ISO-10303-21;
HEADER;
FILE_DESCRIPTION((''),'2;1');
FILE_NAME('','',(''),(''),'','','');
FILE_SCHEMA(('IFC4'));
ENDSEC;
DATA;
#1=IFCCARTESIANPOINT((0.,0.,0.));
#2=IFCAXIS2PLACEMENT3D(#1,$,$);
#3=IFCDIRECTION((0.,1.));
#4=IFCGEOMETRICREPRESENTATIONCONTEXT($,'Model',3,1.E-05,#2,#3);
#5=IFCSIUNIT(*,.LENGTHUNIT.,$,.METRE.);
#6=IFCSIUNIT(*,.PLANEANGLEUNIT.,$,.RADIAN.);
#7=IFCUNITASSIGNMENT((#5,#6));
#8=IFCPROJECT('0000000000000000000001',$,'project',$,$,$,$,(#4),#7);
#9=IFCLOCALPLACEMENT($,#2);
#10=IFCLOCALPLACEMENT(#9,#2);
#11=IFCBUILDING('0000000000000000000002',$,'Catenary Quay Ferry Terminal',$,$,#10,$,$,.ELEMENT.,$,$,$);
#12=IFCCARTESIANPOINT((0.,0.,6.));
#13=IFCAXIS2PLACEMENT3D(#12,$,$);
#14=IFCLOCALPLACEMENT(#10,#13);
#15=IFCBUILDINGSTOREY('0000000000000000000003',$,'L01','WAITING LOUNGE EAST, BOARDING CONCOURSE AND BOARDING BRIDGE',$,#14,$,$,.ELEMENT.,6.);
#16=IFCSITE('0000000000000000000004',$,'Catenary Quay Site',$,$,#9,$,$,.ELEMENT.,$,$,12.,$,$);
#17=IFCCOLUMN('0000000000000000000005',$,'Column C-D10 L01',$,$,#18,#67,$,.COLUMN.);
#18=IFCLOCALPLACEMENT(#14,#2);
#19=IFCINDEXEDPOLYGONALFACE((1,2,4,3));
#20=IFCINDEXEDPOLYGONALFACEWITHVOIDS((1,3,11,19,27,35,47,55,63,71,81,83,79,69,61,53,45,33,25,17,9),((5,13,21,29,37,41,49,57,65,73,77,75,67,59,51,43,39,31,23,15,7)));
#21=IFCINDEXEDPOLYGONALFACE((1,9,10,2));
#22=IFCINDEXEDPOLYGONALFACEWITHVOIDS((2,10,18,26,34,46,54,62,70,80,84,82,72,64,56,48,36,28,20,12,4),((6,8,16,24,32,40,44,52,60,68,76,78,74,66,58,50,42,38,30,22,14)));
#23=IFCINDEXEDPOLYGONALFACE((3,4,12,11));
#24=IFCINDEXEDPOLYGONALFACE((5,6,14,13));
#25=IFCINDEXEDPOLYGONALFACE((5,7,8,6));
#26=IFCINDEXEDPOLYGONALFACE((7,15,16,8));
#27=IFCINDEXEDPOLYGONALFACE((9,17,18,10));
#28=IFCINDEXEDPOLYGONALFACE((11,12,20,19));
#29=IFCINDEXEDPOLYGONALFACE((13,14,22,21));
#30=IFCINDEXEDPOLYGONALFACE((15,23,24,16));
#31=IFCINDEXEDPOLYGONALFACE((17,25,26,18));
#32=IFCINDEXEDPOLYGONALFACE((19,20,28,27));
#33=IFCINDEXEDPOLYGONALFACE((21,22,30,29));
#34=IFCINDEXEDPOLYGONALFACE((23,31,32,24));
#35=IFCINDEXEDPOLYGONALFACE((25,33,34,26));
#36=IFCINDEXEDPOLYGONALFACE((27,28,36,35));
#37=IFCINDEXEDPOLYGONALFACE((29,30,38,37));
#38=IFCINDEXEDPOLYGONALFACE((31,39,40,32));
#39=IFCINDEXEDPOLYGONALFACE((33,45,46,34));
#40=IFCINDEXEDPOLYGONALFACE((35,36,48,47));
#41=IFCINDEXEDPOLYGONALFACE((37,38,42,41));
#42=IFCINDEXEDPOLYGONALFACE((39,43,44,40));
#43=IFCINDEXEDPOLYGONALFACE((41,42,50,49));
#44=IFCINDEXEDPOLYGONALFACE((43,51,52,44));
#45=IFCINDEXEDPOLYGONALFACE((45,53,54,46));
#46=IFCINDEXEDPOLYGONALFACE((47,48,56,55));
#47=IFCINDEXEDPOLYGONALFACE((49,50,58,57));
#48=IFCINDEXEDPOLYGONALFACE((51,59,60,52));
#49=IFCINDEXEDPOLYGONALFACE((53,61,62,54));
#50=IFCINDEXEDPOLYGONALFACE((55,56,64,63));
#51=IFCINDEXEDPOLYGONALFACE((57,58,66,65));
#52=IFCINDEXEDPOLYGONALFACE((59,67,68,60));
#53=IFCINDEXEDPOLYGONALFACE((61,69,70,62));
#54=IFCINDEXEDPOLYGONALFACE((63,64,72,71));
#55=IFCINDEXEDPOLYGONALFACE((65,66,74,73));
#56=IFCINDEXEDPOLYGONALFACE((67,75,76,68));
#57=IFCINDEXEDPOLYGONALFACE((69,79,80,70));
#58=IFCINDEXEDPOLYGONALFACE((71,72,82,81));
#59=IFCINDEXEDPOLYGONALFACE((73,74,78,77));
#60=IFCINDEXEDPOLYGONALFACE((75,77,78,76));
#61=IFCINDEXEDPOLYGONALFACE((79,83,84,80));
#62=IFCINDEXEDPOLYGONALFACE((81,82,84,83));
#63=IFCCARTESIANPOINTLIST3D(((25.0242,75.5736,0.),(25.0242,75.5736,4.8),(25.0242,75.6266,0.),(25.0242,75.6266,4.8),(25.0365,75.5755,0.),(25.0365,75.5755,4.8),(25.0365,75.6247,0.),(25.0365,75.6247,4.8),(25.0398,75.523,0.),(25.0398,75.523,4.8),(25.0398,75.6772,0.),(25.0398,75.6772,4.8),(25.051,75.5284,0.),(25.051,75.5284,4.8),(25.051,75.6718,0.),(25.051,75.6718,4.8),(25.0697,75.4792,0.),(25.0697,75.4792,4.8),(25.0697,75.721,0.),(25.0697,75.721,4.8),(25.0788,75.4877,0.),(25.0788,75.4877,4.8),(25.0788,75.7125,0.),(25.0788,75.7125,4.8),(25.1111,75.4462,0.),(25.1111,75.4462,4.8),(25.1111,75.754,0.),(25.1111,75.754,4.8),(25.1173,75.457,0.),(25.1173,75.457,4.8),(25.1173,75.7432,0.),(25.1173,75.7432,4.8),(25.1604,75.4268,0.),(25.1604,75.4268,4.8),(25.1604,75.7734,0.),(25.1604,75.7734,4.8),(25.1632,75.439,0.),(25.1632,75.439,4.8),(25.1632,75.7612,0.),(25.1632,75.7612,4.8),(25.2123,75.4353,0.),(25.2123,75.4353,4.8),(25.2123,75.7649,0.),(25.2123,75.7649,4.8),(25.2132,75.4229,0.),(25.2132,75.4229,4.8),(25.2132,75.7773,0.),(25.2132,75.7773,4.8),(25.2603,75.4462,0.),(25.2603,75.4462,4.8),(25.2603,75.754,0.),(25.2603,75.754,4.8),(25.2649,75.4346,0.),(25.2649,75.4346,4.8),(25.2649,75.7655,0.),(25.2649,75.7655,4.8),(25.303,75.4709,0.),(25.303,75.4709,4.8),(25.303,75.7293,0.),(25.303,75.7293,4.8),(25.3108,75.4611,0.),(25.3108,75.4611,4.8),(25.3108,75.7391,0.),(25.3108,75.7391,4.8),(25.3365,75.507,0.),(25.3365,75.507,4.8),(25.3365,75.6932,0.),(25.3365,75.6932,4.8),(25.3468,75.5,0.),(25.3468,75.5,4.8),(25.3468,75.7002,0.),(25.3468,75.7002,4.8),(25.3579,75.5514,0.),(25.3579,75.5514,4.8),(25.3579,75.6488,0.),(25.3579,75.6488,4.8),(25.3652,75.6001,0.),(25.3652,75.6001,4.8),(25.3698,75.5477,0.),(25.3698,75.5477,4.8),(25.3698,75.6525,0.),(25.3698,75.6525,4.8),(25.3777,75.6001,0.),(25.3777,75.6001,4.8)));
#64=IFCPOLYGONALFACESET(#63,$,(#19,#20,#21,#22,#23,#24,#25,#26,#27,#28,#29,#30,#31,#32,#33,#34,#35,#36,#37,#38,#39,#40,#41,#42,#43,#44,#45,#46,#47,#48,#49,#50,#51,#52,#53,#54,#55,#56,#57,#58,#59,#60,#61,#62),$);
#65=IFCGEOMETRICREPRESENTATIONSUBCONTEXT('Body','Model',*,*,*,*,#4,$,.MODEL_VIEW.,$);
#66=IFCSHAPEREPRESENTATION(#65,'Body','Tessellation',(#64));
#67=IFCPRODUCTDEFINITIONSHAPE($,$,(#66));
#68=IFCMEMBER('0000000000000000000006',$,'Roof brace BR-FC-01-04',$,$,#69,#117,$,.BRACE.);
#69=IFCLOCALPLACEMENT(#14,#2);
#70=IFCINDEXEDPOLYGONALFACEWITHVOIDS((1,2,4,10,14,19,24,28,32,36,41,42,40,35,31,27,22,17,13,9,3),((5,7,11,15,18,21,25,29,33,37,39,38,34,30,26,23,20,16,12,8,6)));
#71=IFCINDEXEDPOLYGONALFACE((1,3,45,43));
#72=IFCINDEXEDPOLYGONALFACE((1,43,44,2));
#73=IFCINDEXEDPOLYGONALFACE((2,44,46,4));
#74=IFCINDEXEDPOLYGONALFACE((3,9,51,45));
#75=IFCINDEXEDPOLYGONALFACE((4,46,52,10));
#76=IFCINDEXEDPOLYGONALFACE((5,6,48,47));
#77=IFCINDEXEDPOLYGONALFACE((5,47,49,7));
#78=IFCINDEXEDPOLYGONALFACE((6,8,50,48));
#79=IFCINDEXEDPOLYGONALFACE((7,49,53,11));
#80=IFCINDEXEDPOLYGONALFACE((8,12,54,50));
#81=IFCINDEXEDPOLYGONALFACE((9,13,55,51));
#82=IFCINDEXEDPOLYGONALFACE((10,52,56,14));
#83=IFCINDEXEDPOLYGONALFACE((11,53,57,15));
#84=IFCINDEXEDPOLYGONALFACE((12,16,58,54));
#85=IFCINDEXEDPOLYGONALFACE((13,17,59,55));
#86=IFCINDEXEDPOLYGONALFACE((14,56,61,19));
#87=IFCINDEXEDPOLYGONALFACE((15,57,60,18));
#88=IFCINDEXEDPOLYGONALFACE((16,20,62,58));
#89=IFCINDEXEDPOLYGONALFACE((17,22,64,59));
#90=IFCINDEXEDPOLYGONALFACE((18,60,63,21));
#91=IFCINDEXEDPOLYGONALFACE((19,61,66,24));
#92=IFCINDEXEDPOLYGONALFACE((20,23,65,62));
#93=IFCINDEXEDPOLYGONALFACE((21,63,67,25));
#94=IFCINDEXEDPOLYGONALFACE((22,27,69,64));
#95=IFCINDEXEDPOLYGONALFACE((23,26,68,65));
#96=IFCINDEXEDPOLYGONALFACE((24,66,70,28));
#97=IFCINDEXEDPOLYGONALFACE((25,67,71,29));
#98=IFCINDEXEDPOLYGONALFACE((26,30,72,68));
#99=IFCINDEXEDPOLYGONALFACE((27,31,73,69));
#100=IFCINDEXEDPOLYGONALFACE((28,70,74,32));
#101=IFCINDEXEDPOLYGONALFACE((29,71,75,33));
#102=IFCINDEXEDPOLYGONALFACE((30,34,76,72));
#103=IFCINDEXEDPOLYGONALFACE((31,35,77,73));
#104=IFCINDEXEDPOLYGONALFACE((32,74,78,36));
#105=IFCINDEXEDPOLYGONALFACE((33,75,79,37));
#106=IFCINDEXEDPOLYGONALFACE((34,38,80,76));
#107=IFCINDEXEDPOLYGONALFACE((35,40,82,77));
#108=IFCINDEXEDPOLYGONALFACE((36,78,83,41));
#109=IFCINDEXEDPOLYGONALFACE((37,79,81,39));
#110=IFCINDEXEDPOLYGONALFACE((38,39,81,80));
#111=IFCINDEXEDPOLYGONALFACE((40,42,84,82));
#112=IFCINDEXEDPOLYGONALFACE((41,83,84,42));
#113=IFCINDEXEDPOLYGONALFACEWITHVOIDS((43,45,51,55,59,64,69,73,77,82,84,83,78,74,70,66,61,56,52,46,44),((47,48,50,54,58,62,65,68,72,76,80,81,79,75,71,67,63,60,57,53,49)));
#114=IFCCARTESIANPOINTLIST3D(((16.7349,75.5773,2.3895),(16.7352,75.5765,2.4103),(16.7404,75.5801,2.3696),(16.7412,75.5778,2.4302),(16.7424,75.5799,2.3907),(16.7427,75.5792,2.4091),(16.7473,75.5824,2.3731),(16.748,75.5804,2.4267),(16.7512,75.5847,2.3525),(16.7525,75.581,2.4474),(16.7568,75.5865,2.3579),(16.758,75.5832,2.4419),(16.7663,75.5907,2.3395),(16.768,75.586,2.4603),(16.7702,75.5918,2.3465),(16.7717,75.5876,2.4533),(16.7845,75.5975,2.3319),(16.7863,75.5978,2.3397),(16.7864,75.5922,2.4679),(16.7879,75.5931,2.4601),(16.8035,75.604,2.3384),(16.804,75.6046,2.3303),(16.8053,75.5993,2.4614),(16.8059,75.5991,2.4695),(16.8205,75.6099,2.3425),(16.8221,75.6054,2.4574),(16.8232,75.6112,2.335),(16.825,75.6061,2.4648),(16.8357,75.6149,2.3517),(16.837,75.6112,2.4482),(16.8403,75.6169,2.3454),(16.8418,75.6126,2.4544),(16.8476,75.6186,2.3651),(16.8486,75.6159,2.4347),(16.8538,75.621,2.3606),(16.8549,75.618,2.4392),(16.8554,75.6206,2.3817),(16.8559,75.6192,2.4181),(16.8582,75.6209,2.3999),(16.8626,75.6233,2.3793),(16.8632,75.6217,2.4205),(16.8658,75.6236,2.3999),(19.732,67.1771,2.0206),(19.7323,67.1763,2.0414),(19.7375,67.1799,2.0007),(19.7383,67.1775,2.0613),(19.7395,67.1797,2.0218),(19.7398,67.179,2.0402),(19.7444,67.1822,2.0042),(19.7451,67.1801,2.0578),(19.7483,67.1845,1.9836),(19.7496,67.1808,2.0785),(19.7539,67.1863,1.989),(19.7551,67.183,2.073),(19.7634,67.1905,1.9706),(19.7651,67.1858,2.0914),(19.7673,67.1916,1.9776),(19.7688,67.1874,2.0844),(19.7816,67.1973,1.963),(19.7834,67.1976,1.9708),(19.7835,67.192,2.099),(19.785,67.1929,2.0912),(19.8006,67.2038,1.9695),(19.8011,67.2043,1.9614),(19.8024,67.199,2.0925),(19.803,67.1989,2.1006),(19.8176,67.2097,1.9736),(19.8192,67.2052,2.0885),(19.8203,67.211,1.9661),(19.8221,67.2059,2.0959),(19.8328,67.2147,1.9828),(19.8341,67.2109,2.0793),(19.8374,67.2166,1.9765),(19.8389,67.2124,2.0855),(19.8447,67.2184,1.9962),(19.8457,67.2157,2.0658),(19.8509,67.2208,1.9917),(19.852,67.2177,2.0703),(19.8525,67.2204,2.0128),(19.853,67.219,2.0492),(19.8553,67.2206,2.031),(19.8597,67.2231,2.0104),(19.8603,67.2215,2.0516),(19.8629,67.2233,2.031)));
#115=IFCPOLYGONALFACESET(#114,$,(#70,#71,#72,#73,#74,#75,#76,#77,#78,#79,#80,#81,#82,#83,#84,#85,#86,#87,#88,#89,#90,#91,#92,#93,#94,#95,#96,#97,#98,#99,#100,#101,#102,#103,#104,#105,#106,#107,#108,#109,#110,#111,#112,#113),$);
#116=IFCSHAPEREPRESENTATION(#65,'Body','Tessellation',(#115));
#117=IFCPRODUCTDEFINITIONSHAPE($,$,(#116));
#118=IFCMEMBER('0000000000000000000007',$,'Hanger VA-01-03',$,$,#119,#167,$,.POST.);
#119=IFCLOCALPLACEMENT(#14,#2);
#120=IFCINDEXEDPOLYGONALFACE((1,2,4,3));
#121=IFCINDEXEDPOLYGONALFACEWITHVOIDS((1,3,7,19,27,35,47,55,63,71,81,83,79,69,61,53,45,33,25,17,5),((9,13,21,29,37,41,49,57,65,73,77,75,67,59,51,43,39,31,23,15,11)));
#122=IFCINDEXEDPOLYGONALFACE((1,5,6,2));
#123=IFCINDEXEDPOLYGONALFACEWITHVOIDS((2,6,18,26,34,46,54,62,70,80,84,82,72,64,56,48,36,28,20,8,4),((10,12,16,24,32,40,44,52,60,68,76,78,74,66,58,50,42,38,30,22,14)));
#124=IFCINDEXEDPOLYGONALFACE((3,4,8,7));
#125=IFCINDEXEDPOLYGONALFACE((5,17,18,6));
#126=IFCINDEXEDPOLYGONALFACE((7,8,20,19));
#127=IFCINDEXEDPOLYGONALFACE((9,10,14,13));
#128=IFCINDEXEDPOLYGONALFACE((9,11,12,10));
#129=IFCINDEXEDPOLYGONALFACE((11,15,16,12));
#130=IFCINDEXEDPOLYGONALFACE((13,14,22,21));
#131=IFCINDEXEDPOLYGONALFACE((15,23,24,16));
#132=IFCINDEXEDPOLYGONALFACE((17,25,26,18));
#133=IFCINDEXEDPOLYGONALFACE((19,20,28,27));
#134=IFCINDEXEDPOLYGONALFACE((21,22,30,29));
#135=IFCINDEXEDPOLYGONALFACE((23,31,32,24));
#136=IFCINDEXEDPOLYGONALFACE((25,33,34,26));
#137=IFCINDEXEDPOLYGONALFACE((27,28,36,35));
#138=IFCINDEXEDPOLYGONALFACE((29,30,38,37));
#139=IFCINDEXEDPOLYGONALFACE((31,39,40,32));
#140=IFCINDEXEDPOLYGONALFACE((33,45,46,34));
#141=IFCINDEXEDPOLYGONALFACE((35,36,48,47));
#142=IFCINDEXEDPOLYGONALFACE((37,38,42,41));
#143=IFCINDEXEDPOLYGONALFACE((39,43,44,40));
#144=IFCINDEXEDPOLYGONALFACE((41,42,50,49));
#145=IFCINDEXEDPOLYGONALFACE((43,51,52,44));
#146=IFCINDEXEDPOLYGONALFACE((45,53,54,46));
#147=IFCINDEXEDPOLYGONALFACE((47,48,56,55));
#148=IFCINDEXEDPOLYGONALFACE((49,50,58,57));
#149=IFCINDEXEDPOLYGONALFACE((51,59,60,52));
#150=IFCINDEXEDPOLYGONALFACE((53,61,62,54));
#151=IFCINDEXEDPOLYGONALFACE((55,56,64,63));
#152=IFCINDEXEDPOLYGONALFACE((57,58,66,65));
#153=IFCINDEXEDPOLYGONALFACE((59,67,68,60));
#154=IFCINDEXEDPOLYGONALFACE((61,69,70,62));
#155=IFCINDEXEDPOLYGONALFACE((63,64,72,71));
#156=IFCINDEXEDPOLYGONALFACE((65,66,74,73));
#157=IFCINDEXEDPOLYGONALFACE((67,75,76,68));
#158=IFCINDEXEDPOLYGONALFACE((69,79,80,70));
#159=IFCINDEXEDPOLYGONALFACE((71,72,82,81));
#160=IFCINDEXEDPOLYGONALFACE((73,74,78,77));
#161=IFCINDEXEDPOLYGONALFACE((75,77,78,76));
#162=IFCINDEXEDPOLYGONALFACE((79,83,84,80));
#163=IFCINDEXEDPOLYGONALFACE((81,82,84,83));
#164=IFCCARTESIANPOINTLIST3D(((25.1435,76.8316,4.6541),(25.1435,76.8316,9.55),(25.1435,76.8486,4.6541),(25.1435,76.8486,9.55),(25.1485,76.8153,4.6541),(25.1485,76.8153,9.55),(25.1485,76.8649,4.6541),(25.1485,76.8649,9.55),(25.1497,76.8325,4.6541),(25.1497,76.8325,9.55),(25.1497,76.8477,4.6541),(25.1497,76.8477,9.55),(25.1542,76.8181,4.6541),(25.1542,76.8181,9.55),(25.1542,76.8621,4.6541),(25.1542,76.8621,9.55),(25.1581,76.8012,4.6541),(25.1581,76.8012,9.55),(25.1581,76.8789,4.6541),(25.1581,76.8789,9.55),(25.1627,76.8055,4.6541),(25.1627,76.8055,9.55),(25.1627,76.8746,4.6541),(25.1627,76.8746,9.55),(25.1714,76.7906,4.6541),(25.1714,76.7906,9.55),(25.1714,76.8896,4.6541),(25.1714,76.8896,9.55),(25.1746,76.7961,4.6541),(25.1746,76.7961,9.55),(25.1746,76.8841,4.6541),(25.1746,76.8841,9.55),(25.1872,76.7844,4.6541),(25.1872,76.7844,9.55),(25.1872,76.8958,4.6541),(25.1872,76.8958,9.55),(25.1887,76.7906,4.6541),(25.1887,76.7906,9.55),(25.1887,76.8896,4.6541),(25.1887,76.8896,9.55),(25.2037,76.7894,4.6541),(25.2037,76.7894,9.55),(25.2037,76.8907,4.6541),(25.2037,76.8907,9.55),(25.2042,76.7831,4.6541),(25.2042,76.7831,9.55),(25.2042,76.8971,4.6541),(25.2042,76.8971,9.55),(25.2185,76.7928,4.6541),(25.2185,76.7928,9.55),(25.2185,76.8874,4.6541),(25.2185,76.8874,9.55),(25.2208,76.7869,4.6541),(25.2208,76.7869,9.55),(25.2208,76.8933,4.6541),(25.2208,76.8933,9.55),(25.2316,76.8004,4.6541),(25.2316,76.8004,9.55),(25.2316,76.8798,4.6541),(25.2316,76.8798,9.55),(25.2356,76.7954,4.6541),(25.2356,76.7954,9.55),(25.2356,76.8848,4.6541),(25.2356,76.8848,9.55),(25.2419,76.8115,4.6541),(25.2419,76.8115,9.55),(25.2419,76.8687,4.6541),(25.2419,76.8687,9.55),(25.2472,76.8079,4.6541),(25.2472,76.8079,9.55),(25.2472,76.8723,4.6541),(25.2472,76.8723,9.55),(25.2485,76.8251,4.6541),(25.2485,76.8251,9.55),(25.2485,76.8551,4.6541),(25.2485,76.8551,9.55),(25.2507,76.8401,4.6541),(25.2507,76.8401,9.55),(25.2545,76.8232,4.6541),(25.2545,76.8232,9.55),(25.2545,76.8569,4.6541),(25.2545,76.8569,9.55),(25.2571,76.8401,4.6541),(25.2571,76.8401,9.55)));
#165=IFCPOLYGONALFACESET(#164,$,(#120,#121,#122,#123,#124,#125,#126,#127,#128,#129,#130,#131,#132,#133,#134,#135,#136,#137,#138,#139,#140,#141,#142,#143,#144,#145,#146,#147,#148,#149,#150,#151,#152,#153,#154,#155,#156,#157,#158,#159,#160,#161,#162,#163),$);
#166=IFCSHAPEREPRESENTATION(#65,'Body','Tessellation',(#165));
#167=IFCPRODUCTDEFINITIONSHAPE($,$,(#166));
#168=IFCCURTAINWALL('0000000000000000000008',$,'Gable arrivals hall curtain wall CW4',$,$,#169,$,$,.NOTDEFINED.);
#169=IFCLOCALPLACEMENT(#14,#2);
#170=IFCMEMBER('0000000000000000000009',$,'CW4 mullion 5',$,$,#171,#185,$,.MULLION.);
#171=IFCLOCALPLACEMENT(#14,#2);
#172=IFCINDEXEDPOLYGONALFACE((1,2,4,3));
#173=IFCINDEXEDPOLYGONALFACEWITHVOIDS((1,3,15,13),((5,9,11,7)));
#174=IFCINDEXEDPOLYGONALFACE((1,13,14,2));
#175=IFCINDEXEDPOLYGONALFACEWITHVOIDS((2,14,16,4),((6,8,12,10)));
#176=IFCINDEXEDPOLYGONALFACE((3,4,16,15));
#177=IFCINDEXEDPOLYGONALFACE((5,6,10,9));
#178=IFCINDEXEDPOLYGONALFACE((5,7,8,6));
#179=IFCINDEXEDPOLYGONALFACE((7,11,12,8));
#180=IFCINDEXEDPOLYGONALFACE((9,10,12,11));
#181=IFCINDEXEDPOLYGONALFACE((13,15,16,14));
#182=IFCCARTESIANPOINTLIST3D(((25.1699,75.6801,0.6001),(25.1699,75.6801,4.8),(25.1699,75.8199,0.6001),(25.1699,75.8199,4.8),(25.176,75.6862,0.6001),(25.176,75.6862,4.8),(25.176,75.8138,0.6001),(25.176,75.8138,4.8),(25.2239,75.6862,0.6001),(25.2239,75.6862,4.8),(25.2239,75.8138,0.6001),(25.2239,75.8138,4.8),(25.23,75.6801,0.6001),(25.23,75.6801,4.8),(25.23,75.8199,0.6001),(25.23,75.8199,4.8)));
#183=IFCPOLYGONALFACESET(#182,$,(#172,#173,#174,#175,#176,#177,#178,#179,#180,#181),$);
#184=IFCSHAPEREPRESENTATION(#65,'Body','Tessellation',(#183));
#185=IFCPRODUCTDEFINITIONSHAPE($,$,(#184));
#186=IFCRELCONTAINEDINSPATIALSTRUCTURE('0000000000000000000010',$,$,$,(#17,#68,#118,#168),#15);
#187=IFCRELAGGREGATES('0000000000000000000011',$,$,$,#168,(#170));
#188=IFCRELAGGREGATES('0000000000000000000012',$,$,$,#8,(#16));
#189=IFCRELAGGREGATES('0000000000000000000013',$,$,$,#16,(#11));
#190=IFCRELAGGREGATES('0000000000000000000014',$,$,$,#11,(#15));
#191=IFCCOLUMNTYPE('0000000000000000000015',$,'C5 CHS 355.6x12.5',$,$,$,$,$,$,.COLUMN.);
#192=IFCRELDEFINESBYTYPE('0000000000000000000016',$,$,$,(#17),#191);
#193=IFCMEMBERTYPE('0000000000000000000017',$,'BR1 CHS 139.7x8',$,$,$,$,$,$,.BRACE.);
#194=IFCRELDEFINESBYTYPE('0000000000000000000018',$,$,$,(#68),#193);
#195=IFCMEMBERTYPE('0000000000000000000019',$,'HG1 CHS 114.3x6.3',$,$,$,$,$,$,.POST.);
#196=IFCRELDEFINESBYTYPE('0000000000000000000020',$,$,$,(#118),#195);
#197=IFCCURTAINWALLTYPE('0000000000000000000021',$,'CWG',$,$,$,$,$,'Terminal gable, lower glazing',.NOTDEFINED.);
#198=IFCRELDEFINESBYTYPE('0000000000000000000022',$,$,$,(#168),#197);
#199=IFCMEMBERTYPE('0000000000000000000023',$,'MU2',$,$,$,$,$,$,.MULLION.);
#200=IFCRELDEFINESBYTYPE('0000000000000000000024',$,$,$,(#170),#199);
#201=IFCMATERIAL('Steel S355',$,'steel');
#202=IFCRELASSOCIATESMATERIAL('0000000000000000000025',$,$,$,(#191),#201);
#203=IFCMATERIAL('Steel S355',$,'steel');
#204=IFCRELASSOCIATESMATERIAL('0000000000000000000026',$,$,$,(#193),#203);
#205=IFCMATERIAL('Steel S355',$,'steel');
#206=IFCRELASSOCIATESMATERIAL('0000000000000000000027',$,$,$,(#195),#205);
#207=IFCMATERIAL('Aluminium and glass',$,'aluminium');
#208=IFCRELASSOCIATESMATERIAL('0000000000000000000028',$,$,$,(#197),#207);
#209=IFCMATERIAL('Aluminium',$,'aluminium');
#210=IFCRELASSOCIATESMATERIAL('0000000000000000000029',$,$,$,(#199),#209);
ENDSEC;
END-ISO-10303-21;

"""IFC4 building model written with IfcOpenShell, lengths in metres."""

from ifc_helpers import new_model, si_unit, direction, frame, origin, origin_2d, place, context, subcontext, project, spatial, hollow_rectangle, hollow_circle, extrude, material, material_profile, profile_set, type_object, element, aggregate, save


model = new_model("IFC4")

# Units and contexts
model_context = context("Model", 3, precision=1e-05, world=origin(), true_north=direction((0.0, 1.0)))
body_context = subcontext(model_context, "Body", "Model", "MODEL_VIEW")
ifc_project = project(units=[si_unit("LENGTHUNIT", "METRE"), si_unit("PLANEANGLEUNIT", "RADIAN")], contexts=[model_context])

# Site, building, storey
site_placement = place(None, origin())
site = spatial("IfcSite", under=ifc_project, at=site_placement, Name="Catenary Quay Site", CompositionType="ELEMENT", RefElevation=12.0)
building_placement = place(site_placement, origin())
building = spatial("IfcBuilding", under=site, at=building_placement, Name="Catenary Quay Ferry Terminal", CompositionType="ELEMENT")
storey_placement = place(building_placement, frame((0.0, 0.0, 6.0)))
storey = spatial("IfcBuildingStorey", under=building, at=storey_placement, Name="L01", Description="WAITING LOUNGE EAST, BOARDING CONCOURSE AND BOARDING BRIDGE", CompositionType="ELEMENT", Elevation=6.0)

# Column
ifc_material_1 = material(Name="Steel S355", Category="steel")
ifc_material_profile_1 = material_profile(ifc_material_1, hollow_circle(Radius=0.1777, WallThickness=0.0125, at=origin_2d()), Name="CHS 355.6x12.5")
ifc_profile_set_1 = profile_set([ifc_material_profile_1], Name="Steel S355")
column_type = type_object("IfcColumnType", Name="C5 CHS 355.6x12.5", PredefinedType="COLUMN", material=ifc_profile_set_1)
column_placement = place(storey_placement, frame((25.2, 75.6001, 0.0), z_axis=(0.0, 0.0, 1.0), x_axis=(1.0, 0.0, 0.0)))
element("IfcColumn", 1, at=column_placement, inside=storey, type_object=column_type, Name="Column C-D10 L01", PredefinedType="COLUMN", context=body_context, shape_type="SweptSolid", body=[
    extrude(hollow_circle(Radius=0.1777, WallThickness=0.0125, at=origin_2d()), origin(), (0.0, 0.0, 1.0), 4.8),
])

# Members
ifc_material_2 = material(Name="Steel S355", Category="steel")
ifc_material_profile_2 = material_profile(ifc_material_2, hollow_circle(Radius=0.0698, WallThickness=0.0081, at=origin_2d()), Name="CHS 139.7x8")
ifc_profile_set_2 = profile_set([ifc_material_profile_2], Name="Steel S355")
member_type_1 = type_object("IfcMemberType", Name="BR1 CHS 139.7x8", PredefinedType="BRACE", material=ifc_profile_set_2)
member_1_placement = place(storey_placement, frame((16.8, 75.6001, 2.3999), z_axis=(0.335753, -0.941043, -0.041326), x_axis=(0.941848, 0.33604, 0.0)))
element("IfcMember", 2, at=member_1_placement, inside=storey, type_object=member_type_1, Name="Roof brace BR-FC-01-04", PredefinedType="BRACE", context=body_context, shape_type="SweptSolid", body=[
    extrude(hollow_circle(Radius=0.0698, WallThickness=0.0081, at=origin_2d()), origin(), (0.0, 0.0, 1.0), 8.9265),
])
ifc_material_3 = material(Name="Steel S355", Category="steel")
ifc_material_profile_3 = material_profile(ifc_material_3, hollow_circle(Radius=0.0571, WallThickness=0.0063, at=origin_2d()), Name="CHS 114.3x6.3")
ifc_profile_set_3 = profile_set([ifc_material_profile_3], Name="Steel S355")
member_type_2 = type_object("IfcMemberType", Name="HG1 CHS 114.3x6.3", PredefinedType="POST", material=ifc_profile_set_3)
member_2_placement = place(storey_placement, frame((25.2, 76.8401, 4.6541), z_axis=(0.0, 0.0, 1.0), x_axis=(1.0, 0.0, 0.0)))
element("IfcMember", 3, at=member_2_placement, inside=storey, type_object=member_type_2, Name="Hanger VA-01-03", PredefinedType="POST", context=body_context, shape_type="SweptSolid", body=[
    extrude(hollow_circle(Radius=0.0571, WallThickness=0.0063, at=origin_2d()), origin(), (0.0, 0.0, 1.0), 4.896),
])

# Curtain wall, member
ifc_material_4 = material(Name="Aluminium and glass", Category="aluminium")
curtain_wall_type_1 = type_object("IfcCurtainWallType", Name="CWG", ElementType="Terminal gable, lower glazing", PredefinedType="NOTDEFINED", material=ifc_material_4)
curtain_wall_1_placement = place(storey_placement, origin())
curtain_wall_1 = element("IfcCurtainWall", 4, at=curtain_wall_1_placement, inside=storey, type_object=curtain_wall_type_1, Name="Gable arrivals hall curtain wall CW4", PredefinedType="NOTDEFINED")
ifc_material_5 = material(Name="Aluminium", Category="aluminium")
ifc_material_profile_4 = material_profile(ifc_material_5, hollow_rectangle(XDim=0.0601, YDim=0.1399, WallThickness=0.0061, at=origin_2d()), Name="MU2")
ifc_profile_set_4 = profile_set([ifc_material_profile_4], Name="Aluminium")
member_type_3 = type_object("IfcMemberType", Name="MU2", PredefinedType="MULLION", material=ifc_profile_set_4)
member_3_placement = place(storey_placement, frame((25.2, 75.75, 0.6001), z_axis=(0.0, 0.0, 1.0), x_axis=(-1.0, 0.0, 0.0)))
member_3 = element("IfcMember", 5, at=member_3_placement, type_object=member_type_3, Name="CW4 mullion 5", PredefinedType="MULLION", context=body_context, shape_type="SweptSolid", body=[
    extrude(hollow_rectangle(XDim=0.0601, YDim=0.1399, WallThickness=0.0061, at=origin_2d()), origin(), (0.0, 0.0, 1.0), 4.2),
])

aggregate(curtain_wall_1, [member_3])

save(model, "model.ifc")
